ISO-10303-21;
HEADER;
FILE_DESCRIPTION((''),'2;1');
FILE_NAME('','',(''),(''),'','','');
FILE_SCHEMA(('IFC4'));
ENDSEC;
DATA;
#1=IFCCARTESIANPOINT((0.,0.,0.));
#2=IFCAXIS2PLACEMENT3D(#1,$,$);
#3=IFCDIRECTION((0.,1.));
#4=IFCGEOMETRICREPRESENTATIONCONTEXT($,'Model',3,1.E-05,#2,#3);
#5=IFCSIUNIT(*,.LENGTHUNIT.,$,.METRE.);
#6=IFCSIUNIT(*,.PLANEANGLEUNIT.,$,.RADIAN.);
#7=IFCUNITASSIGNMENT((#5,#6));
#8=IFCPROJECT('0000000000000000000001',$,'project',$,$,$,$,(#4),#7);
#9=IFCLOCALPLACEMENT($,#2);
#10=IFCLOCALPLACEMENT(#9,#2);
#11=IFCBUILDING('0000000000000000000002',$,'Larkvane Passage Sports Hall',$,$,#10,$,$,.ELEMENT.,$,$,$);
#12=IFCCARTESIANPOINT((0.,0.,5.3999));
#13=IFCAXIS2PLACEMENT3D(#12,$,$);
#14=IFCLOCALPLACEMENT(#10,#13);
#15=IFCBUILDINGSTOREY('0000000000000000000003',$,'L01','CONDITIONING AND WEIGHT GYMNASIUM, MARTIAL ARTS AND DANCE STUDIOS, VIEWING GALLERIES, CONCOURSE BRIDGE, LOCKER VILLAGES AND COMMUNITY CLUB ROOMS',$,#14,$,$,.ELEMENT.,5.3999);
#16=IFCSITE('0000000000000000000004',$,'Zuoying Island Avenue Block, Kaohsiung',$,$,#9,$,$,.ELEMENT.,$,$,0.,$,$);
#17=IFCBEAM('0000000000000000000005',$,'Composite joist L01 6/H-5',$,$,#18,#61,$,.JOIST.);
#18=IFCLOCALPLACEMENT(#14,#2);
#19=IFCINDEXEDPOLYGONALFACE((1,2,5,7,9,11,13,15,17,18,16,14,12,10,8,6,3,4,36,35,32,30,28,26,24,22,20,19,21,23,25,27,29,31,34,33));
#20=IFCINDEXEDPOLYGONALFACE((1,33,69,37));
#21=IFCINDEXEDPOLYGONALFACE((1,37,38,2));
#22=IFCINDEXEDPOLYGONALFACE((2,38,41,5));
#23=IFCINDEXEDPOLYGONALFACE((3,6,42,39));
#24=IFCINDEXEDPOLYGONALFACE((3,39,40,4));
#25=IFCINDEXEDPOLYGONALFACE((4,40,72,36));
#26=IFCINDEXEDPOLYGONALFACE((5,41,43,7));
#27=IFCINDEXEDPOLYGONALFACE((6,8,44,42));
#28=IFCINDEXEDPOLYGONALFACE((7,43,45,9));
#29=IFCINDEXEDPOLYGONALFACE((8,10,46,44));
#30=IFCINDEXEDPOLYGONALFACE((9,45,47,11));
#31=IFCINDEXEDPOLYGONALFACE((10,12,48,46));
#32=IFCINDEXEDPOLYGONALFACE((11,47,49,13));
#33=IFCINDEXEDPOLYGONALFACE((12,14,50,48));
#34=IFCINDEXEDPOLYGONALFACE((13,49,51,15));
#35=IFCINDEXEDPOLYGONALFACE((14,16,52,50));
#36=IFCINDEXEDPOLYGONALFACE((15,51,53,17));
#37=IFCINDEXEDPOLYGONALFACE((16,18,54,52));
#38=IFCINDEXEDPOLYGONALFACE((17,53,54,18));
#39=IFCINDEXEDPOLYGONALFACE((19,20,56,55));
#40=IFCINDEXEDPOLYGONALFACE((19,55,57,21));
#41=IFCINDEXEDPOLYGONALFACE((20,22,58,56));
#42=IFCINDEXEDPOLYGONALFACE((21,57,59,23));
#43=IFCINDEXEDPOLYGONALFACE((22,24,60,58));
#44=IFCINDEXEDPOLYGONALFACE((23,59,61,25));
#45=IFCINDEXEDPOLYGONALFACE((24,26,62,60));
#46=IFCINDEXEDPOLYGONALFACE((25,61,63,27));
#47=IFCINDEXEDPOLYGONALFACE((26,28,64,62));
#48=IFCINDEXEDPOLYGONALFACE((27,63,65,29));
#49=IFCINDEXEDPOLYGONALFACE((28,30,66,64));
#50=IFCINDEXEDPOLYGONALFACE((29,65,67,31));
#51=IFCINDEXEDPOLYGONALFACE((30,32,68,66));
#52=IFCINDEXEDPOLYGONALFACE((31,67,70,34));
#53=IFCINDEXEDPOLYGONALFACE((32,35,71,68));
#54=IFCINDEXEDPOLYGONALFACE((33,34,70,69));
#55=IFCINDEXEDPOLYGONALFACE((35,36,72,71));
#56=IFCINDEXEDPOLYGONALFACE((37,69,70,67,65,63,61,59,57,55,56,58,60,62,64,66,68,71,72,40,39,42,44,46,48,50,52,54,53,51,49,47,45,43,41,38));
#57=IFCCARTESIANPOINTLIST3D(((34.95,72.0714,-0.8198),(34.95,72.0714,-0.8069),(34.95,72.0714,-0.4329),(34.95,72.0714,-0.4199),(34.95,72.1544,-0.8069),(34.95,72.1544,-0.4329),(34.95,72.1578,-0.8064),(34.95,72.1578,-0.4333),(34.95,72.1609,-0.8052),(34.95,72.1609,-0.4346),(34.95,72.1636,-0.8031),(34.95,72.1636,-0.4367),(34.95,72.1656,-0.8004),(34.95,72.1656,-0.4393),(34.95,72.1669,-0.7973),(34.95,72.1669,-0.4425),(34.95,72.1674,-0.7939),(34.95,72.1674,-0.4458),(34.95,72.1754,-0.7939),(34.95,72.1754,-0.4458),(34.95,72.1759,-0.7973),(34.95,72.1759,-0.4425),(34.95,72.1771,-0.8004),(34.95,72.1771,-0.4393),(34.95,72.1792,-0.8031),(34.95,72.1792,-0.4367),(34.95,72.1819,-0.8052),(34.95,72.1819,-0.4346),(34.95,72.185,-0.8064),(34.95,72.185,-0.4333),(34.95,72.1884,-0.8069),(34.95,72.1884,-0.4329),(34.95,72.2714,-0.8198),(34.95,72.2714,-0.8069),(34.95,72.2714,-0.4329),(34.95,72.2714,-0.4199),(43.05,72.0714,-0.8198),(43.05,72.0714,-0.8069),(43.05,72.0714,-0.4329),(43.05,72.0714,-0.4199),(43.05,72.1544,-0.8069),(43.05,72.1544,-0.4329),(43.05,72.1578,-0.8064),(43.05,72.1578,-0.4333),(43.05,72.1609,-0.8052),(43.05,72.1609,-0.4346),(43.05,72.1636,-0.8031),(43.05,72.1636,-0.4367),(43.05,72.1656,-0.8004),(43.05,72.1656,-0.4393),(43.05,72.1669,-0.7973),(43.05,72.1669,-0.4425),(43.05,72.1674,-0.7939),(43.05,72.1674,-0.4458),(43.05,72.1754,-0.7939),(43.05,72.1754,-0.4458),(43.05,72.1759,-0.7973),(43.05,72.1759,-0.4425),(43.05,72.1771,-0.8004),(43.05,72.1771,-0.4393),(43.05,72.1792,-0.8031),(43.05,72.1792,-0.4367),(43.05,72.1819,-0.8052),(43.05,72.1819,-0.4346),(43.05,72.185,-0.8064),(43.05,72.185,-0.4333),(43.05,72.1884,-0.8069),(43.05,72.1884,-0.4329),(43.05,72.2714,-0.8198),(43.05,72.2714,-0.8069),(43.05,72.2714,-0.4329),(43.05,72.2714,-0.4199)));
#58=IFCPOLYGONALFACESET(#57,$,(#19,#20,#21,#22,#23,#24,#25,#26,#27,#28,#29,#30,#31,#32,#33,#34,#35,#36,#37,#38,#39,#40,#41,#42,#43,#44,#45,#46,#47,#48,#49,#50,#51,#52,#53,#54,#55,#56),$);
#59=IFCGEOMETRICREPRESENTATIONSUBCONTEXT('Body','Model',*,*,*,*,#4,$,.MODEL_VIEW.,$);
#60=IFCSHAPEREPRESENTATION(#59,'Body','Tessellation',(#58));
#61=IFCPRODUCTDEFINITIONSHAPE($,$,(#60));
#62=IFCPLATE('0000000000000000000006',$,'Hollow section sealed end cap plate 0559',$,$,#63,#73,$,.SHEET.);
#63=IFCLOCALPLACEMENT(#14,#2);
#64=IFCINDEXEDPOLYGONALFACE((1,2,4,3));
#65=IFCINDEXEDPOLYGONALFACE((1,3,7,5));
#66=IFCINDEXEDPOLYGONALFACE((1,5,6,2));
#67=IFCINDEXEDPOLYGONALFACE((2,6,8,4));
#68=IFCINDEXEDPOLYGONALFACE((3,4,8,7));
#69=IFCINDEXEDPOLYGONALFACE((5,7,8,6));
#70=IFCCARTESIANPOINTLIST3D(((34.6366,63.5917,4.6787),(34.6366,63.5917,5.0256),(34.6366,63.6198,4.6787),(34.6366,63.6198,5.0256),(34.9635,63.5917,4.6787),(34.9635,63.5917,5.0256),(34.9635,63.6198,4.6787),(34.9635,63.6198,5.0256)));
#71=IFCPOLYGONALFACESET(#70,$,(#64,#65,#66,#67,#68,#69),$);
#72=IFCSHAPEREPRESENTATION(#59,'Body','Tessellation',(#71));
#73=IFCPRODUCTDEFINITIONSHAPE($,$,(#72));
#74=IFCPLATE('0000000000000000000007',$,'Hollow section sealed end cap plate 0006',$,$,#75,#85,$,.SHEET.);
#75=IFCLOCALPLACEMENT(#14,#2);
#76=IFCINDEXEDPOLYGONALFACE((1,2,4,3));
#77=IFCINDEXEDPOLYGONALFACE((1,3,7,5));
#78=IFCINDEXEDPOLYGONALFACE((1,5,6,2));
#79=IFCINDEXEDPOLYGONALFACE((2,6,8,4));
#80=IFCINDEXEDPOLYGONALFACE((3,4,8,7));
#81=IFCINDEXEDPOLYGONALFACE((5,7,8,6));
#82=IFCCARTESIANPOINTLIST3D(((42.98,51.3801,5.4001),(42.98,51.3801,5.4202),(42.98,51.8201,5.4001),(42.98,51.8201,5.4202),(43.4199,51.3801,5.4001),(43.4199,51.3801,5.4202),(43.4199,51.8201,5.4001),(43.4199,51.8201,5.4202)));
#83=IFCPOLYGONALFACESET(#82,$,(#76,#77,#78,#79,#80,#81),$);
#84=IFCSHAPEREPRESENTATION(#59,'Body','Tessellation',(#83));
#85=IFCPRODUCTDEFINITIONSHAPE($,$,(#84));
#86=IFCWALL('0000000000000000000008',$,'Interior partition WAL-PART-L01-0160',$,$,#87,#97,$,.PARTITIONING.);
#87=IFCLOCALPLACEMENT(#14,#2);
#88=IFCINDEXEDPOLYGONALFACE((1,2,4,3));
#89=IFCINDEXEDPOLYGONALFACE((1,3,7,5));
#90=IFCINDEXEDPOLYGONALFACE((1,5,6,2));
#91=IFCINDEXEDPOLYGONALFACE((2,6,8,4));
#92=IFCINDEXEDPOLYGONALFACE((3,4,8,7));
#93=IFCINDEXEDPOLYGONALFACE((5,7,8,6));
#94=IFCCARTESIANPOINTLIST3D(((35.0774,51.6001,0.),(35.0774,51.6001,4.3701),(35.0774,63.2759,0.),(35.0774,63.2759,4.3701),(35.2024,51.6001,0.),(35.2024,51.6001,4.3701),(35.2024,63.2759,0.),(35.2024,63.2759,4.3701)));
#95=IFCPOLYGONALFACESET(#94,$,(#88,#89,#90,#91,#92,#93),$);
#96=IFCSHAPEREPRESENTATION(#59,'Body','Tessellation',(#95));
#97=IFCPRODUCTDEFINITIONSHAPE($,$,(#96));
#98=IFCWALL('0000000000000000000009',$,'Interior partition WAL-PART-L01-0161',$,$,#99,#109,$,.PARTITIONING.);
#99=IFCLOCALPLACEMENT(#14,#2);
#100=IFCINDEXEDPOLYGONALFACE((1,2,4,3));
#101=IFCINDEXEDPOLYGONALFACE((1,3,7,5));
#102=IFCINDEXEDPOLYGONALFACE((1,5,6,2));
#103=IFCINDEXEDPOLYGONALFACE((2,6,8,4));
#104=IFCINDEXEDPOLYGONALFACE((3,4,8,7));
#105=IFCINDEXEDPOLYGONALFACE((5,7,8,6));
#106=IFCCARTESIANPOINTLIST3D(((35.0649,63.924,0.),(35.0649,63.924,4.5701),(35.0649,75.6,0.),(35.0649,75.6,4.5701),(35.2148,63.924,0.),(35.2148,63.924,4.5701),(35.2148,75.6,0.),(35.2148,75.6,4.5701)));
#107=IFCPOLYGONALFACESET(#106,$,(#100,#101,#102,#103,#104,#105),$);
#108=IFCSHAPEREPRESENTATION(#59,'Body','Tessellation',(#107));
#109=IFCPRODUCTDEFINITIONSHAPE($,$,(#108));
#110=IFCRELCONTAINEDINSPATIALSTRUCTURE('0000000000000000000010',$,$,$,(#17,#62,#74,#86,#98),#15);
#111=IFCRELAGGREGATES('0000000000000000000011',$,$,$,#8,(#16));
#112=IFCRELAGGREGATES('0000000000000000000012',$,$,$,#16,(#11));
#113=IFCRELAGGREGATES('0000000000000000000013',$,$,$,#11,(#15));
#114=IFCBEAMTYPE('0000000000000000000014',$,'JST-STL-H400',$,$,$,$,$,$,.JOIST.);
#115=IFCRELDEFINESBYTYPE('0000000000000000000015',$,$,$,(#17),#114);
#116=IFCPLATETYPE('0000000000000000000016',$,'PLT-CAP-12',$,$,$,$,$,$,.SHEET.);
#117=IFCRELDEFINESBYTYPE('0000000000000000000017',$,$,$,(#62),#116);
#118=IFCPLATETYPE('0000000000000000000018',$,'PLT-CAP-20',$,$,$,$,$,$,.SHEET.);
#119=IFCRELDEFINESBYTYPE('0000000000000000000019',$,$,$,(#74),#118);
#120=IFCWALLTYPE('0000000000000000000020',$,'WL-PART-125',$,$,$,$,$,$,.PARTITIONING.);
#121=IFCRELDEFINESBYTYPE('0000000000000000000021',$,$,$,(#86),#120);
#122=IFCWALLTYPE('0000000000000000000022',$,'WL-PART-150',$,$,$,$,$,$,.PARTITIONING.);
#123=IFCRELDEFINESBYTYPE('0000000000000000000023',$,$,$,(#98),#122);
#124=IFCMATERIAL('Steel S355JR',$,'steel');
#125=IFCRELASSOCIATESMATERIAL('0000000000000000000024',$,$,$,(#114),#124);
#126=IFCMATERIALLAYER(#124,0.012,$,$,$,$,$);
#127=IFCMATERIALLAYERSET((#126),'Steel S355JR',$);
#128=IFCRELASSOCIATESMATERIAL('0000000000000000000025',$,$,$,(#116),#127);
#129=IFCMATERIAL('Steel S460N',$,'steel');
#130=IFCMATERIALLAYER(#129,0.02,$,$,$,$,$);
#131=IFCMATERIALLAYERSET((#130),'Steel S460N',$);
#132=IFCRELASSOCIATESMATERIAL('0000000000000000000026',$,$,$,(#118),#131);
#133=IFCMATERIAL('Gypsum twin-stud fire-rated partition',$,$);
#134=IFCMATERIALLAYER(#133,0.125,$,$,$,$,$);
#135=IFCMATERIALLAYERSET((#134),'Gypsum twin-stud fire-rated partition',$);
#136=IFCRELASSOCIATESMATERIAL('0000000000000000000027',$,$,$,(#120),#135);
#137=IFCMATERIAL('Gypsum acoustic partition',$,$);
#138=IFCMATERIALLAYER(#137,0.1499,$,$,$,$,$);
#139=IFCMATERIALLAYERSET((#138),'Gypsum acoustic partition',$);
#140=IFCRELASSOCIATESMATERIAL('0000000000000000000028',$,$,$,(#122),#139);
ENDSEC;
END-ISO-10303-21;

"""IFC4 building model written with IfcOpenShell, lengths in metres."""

from ifc_helpers import new_model, si_unit, direction, frame, frame_2d, origin, origin_2d, place, context, subcontext, project, spatial, rectangle, i_section, extrude, material, layer, layer_set, material_profile, profile_set, type_object, element, save


model = new_model("IFC4")

# Units and contexts
model_context = context("Model", 3, precision=1e-05, world=origin(), true_north=direction((0.0, 1.0)))
body_context = subcontext(model_context, "Body", "Model", "MODEL_VIEW")
ifc_project = project(units=[si_unit("LENGTHUNIT", "METRE"), si_unit("PLANEANGLEUNIT", "RADIAN")], contexts=[model_context])

# Site, building, storey
site_placement = place(None, origin())
site = spatial("IfcSite", under=ifc_project, at=site_placement, Name="Zuoying Island Avenue Block, Kaohsiung", CompositionType="ELEMENT", RefElevation=0.0)
building_placement = place(site_placement, origin())
building = spatial("IfcBuilding", under=site, at=building_placement, Name="Larkvane Passage Sports Hall", CompositionType="ELEMENT")
storey_placement = place(building_placement, frame((0.0, 0.0, 5.3999)))
storey = spatial("IfcBuildingStorey", under=building, at=storey_placement, Name="L01", Description="CONDITIONING AND WEIGHT GYMNASIUM, MARTIAL ARTS AND DANCE STUDIOS, VIEWING GALLERIES, CONCOURSE BRIDGE, LOCKER VILLAGES AND COMMUNITY CLUB ROOMS", CompositionType="ELEMENT", Elevation=5.3999)

# Shared definitions
ifc_material_1 = material(Name="Steel S355JR", Category="steel")
ifc_material_2 = material(Name="Steel S460N", Category="steel")

# Beam
ifc_material_profile_1 = material_profile(ifc_material_1, i_section(OverallWidth=0.2, OverallDepth=0.3999, WebThickness=0.0081, FlangeThickness=0.0129, FilletRadius=0.0129, at=origin_2d()), Name="H-400x200x8x13")
ifc_profile_set_1 = profile_set([ifc_material_profile_1], Name="Steel S355JR")
beam_type_1 = type_object("IfcBeamType", Name="JST-STL-H400", PredefinedType="JOIST", material=ifc_profile_set_1)
for number, where, z_axis, x_axis, name in (
    (1, (34.95, 72.1714, -0.6199), (1.0, 0.0, 0.0), (0.0, 1.0, 0.0), "Composite joist L01 6/H-5"),
):
    element("IfcBeam", number, at=place(storey_placement, frame(where, z_axis=z_axis, x_axis=x_axis)), inside=storey, type_object=beam_type_1, Name=name, PredefinedType="JOIST", context=body_context, shape_type="SweptSolid", body=[
        extrude(i_section(OverallWidth=0.2, OverallDepth=0.3999, WebThickness=0.0081, FlangeThickness=0.0129, FilletRadius=0.0129, at=origin_2d()), origin(), (0.0, 0.0, 1.0), 8.1001),
    ])

# Plates
ifc_layer_1 = layer(ifc_material_1, 0.012)
ifc_layer_set_1 = layer_set([ifc_layer_1], Name="Steel S355JR")
plate_type_1 = type_object("IfcPlateType", Name="PLT-CAP-12", PredefinedType="SHEET", material=ifc_layer_set_1)
plate_1_placement = place(storey_placement, frame((34.8, 63.6057, 4.6787), z_axis=(0.0, 0.0, 1.0), x_axis=(-1.0, 0.0, 0.0)))
element("IfcPlate", 2, at=plate_1_placement, inside=storey, type_object=plate_type_1, Name="Hollow section sealed end cap plate 0559", PredefinedType="SHEET", context=body_context, shape_type="SweptSolid", body=[
    extrude(rectangle(XDim=0.3269, YDim=0.0281, at=origin_2d()), origin(), (0.0, 0.0, 1.0), 0.3469),
])
ifc_layer_2 = layer(ifc_material_2, 0.02)
ifc_layer_set_2 = layer_set([ifc_layer_2], Name="Steel S460N")
plate_type_2 = type_object("IfcPlateType", Name="PLT-CAP-20", PredefinedType="SHEET", material=ifc_layer_set_2)
plate_2_placement = place(storey_placement, frame((43.2, 51.6001, 5.4001), z_axis=(0.0, 0.0, 1.0), x_axis=(1.0, 0.0, 0.0)))
element("IfcPlate", 3, at=plate_2_placement, inside=storey, type_object=plate_type_2, Name="Hollow section sealed end cap plate 0006", PredefinedType="SHEET", context=body_context, shape_type="SweptSolid", body=[
    extrude(rectangle(XDim=0.4399, YDim=0.4399, at=origin_2d()), origin(), (0.0, 0.0, 1.0), 0.02),
])

# Walls
ifc_material_3 = material(Name="Gypsum twin-stud fire-rated partition")
ifc_layer_3 = layer(ifc_material_3, 0.125)
ifc_layer_set_3 = layer_set([ifc_layer_3], Name="Gypsum twin-stud fire-rated partition")
wall_type_1 = type_object("IfcWallType", Name="WL-PART-125", PredefinedType="PARTITIONING", material=ifc_layer_set_3)
wall_1_placement = place(storey_placement, frame((35.1399, 51.6001, 0.0), z_axis=(0.0, 0.0, 1.0), x_axis=(0.0, 1.0, 0.0)))
element("IfcWall", 4, at=wall_1_placement, inside=storey, type_object=wall_type_1, Name="Interior partition WAL-PART-L01-0160", PredefinedType="PARTITIONING", context=body_context, shape_type="SweptSolid", body=[
    extrude(rectangle(XDim=11.6758, YDim=0.125, at=frame_2d((5.8379, 0.0))), origin(), (0.0, 0.0, 1.0), 4.3701),
])
ifc_material_4 = material(Name="Gypsum acoustic partition")
ifc_layer_4 = layer(ifc_material_4, 0.1499)
ifc_layer_set_4 = layer_set([ifc_layer_4], Name="Gypsum acoustic partition")
wall_type_2 = type_object("IfcWallType", Name="WL-PART-150", PredefinedType="PARTITIONING", material=ifc_layer_set_4)
wall_2_placement = place(storey_placement, frame((35.1399, 63.9241, 0.0), z_axis=(0.0, 0.0, 1.0), x_axis=(0.0, 1.0, 0.0)))
element("IfcWall", 5, at=wall_2_placement, inside=storey, type_object=wall_type_2, Name="Interior partition WAL-PART-L01-0161", PredefinedType="PARTITIONING", context=body_context, shape_type="SweptSolid", body=[
    extrude(rectangle(XDim=11.676, YDim=0.1499, at=frame_2d((5.8379, 0.0))), origin(), (0.0, 0.0, 1.0), 4.5701),
])

save(model, "model.ifc")
